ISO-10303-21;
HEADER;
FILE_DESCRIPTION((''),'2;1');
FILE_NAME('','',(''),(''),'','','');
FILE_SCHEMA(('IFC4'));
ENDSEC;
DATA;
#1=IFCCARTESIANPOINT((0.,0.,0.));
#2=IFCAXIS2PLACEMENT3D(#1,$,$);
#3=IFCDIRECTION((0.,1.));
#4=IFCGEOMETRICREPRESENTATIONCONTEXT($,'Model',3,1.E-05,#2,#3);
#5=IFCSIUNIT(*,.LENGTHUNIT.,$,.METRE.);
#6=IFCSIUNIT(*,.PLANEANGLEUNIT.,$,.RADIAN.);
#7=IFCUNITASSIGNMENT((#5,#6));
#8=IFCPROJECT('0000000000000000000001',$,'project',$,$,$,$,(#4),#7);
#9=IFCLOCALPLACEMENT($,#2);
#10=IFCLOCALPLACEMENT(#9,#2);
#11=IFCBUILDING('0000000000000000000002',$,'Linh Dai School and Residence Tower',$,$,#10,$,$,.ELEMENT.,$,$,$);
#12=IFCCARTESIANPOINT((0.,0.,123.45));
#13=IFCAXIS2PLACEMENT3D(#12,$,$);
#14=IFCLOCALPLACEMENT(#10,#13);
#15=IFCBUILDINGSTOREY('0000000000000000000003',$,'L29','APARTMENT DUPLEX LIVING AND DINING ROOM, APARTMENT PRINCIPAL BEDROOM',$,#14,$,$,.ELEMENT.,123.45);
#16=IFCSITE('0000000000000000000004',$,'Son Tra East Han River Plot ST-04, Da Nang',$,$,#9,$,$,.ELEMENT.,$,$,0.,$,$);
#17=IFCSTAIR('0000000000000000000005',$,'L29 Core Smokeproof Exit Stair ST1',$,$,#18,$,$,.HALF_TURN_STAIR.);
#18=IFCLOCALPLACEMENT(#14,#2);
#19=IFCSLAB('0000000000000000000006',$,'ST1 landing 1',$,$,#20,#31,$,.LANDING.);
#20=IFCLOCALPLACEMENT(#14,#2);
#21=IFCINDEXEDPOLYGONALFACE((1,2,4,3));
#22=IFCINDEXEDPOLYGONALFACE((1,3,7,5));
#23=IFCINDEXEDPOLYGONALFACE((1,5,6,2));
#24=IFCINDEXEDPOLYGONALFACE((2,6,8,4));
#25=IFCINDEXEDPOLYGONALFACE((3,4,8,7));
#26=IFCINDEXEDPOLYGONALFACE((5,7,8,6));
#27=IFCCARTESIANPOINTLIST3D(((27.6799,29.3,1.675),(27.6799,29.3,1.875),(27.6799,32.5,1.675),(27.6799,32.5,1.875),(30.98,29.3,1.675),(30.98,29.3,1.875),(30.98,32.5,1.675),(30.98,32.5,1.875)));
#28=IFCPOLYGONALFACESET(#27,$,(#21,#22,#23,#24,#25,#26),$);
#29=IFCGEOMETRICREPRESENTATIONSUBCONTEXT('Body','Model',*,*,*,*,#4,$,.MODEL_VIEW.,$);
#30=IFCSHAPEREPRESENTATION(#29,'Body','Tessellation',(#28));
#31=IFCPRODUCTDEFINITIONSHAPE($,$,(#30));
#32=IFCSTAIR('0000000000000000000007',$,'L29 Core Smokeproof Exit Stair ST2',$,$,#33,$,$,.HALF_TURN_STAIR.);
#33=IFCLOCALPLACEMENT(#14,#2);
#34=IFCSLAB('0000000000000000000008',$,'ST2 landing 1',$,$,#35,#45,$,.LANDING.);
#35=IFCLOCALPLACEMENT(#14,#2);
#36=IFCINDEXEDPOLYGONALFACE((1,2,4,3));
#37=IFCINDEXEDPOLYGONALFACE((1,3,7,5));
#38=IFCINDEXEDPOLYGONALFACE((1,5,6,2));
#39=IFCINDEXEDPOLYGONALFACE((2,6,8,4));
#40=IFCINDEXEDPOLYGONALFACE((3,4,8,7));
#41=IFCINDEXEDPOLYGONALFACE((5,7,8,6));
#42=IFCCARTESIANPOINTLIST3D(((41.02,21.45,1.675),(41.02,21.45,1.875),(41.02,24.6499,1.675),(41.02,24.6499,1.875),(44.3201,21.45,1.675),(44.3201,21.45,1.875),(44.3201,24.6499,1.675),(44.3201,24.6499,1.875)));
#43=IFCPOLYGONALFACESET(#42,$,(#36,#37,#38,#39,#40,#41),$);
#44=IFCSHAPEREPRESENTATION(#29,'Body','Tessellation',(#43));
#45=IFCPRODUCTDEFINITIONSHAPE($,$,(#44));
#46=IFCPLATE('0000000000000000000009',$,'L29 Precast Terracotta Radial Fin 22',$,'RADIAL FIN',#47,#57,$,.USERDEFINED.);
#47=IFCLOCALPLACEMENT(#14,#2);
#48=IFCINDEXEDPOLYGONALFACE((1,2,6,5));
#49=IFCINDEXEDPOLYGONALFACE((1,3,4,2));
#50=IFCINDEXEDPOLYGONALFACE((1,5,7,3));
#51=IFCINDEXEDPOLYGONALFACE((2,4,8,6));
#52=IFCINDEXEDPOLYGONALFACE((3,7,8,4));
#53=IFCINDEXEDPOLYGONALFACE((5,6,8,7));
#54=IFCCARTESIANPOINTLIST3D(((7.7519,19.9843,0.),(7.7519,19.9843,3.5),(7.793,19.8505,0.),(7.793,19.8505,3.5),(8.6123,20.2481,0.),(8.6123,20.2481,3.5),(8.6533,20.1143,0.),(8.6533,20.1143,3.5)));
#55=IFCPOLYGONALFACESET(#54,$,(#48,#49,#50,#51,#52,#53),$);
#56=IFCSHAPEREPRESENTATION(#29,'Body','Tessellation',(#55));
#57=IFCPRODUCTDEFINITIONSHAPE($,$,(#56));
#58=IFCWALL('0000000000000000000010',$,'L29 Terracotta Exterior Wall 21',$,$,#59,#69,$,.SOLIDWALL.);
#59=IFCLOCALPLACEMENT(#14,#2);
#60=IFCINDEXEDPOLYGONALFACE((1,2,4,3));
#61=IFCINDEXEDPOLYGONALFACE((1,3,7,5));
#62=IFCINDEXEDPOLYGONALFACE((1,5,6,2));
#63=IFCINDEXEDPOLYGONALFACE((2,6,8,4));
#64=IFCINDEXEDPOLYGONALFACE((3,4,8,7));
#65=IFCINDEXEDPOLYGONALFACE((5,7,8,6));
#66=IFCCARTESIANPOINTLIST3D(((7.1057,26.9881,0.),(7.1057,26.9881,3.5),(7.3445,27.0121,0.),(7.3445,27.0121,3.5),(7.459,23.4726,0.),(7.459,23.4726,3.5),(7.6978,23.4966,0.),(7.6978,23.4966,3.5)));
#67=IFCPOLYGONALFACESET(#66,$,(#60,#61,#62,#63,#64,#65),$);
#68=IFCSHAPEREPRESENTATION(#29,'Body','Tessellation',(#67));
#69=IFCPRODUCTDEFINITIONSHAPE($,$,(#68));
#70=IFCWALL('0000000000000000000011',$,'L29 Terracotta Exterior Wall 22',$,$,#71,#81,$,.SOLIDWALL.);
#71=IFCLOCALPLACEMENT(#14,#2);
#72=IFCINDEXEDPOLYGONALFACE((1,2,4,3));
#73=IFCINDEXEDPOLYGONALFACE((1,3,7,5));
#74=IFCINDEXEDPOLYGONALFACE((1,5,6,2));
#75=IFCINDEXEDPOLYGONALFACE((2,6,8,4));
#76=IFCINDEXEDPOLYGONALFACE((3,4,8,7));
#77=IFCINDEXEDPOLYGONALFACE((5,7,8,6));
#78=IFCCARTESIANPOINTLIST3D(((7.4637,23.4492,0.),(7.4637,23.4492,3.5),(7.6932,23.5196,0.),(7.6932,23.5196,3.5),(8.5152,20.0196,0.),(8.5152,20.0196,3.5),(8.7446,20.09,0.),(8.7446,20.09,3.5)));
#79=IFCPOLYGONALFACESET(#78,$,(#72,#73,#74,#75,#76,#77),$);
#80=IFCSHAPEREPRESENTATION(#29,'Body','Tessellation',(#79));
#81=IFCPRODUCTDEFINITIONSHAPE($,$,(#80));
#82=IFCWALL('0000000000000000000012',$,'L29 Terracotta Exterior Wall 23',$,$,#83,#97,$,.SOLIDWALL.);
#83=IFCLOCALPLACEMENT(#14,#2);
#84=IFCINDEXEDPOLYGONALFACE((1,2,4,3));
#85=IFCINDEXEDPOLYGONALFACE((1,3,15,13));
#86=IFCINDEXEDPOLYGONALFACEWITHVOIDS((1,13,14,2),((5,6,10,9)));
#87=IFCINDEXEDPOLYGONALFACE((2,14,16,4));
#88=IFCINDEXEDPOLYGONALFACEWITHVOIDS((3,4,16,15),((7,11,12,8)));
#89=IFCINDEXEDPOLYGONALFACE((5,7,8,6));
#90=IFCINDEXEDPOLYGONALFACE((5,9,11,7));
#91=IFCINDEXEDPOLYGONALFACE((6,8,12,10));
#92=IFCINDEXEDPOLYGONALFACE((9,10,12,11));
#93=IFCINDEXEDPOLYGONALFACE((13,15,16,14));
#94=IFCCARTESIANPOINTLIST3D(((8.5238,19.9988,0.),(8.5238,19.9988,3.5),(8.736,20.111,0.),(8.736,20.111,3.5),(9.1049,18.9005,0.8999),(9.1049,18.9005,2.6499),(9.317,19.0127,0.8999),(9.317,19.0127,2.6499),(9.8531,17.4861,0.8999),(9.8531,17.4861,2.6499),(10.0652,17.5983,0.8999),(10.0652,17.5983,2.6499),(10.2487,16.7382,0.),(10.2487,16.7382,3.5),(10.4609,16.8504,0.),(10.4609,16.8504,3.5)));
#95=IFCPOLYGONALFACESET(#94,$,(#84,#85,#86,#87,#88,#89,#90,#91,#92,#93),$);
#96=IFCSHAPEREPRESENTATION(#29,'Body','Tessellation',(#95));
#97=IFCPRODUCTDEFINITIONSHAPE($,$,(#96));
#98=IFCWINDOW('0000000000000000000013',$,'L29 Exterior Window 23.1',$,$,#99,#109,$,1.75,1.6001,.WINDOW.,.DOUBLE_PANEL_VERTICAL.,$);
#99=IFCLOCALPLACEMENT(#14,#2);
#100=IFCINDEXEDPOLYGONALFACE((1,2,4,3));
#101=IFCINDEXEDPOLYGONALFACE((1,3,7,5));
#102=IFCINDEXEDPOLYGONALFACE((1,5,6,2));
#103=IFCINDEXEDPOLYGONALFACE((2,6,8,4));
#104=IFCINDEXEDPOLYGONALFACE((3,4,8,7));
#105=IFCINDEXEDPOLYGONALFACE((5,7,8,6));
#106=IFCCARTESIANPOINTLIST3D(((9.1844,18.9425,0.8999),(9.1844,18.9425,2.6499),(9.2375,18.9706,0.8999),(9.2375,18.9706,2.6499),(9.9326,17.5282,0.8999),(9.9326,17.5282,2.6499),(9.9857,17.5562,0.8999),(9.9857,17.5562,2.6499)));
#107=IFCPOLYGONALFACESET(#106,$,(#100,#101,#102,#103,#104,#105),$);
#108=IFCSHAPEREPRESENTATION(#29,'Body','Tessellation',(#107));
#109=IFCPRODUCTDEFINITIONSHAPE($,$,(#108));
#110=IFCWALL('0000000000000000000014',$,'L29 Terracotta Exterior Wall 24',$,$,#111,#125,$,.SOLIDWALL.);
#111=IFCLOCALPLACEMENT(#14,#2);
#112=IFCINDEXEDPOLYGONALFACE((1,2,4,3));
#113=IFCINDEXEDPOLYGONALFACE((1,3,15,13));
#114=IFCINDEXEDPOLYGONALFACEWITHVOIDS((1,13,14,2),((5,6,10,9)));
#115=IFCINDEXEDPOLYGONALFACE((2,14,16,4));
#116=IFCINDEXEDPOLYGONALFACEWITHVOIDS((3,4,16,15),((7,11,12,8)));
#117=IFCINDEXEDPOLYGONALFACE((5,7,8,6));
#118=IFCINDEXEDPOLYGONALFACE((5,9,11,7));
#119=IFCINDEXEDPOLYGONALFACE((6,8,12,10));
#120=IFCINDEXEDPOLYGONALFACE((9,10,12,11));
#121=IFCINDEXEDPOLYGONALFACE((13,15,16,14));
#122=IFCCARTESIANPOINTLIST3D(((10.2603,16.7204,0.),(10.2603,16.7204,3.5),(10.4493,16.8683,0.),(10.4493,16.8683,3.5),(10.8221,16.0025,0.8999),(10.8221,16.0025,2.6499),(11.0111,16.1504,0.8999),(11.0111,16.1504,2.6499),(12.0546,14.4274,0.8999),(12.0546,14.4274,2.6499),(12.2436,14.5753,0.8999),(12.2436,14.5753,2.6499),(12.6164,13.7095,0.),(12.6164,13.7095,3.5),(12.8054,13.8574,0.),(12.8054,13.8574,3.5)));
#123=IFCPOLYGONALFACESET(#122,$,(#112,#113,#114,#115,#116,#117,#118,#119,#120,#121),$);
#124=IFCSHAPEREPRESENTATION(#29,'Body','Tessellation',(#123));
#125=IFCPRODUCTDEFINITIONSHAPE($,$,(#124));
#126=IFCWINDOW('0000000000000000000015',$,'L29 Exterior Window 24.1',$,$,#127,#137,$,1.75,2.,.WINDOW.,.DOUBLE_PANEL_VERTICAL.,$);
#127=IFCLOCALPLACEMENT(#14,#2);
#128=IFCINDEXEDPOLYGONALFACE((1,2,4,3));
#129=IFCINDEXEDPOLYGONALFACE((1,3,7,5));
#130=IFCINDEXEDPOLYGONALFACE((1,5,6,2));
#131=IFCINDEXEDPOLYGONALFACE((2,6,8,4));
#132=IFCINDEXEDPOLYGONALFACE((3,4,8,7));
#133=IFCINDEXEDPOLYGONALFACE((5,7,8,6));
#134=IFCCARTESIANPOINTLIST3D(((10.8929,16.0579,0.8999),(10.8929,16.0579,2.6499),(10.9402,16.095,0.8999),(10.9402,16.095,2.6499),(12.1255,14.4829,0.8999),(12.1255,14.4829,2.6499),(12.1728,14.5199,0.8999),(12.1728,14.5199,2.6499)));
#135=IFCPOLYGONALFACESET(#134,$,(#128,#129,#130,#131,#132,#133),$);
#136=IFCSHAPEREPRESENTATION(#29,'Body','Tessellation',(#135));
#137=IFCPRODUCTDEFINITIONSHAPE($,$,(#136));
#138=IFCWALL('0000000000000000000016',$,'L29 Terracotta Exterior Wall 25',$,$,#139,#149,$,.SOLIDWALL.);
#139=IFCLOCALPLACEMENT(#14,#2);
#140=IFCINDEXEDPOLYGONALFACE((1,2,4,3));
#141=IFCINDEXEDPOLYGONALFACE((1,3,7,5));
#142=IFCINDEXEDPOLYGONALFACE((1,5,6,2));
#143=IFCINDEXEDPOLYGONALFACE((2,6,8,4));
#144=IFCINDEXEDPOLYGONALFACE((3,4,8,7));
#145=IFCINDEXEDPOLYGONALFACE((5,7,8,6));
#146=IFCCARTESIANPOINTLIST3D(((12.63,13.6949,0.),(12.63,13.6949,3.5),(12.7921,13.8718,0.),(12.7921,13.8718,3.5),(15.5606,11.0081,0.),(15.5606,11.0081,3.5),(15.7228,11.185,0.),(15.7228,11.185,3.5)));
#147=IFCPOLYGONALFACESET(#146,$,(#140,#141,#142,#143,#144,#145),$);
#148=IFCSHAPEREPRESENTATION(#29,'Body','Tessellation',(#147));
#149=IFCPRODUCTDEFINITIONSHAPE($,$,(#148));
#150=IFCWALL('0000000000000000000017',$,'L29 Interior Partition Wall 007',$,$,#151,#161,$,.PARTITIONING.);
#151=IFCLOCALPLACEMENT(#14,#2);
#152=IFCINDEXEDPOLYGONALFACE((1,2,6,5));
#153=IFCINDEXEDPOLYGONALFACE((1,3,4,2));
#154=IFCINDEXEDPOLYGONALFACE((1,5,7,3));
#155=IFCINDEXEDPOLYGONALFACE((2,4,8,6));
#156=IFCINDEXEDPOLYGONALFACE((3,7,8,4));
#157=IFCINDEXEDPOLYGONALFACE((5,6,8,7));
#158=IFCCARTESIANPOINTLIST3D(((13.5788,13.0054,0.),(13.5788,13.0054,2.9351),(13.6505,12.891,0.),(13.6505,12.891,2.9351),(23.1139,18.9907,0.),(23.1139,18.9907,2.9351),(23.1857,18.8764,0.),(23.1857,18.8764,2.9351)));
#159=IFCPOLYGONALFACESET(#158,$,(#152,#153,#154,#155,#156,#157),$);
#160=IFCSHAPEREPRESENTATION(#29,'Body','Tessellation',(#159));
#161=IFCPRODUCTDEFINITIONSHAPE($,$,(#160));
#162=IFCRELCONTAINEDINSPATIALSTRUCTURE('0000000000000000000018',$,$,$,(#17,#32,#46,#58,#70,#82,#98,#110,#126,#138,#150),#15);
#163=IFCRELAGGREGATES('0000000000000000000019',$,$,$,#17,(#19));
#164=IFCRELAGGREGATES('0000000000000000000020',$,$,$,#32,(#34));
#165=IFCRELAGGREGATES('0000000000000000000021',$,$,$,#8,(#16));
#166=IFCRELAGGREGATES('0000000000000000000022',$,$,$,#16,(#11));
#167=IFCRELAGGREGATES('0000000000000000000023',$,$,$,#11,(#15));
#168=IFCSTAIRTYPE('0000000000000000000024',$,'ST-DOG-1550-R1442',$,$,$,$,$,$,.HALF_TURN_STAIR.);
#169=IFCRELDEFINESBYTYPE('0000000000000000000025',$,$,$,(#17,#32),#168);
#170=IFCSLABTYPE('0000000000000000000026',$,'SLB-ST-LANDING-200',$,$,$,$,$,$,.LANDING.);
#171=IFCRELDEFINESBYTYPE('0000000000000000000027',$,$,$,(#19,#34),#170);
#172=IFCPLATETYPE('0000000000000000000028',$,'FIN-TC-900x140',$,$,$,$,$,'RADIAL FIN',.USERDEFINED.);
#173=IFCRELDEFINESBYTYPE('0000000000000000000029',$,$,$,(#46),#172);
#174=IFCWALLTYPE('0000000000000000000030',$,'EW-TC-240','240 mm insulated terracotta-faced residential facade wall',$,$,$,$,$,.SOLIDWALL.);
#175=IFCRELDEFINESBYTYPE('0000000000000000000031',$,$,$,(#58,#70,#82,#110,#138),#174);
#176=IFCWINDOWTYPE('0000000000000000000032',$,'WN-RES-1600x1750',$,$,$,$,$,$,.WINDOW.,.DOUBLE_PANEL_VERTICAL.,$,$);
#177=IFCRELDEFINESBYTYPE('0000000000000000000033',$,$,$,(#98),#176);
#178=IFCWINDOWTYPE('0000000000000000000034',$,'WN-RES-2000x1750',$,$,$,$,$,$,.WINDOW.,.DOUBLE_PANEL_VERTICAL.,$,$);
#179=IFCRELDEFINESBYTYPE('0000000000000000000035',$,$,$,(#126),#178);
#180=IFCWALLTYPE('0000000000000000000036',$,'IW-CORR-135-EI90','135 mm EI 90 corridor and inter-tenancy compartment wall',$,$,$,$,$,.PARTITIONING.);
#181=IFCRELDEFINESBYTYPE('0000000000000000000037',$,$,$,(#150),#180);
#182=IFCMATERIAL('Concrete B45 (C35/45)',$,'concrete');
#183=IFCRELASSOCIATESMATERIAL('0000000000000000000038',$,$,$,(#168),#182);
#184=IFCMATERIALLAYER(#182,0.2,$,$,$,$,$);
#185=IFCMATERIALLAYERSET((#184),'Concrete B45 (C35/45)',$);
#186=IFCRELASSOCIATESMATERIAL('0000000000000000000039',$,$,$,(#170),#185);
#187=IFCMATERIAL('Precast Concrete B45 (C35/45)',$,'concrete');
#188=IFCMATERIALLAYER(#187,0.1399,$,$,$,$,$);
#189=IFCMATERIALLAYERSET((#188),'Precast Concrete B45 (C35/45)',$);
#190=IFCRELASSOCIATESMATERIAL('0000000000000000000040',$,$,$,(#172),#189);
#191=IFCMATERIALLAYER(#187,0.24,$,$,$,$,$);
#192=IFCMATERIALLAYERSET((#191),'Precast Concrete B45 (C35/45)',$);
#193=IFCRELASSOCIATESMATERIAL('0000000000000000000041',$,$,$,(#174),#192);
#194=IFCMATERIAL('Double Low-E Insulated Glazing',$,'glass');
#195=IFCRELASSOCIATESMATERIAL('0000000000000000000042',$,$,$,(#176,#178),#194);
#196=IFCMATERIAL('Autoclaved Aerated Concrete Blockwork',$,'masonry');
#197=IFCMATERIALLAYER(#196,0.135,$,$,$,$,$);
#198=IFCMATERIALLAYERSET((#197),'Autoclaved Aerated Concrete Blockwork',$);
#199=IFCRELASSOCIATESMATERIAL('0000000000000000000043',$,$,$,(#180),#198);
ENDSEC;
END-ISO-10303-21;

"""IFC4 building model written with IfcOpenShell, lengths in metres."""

from ifc_helpers import new_model, si_unit, direction, frame, frame_2d, origin, origin_2d, place, context, subcontext, project, spatial, polyline, rectangle, outline, extrude, source, transform, mapped, material, layer, layer_set, type_object, element, fill, aggregate, save


model = new_model("IFC4")

# Units and contexts
model_context = context("Model", 3, precision=1e-05, world=origin(), true_north=direction((0.0, 1.0)))
body_context = subcontext(model_context, "Body", "Model", "MODEL_VIEW")
ifc_project = project(units=[si_unit("LENGTHUNIT", "METRE"), si_unit("PLANEANGLEUNIT", "RADIAN")], contexts=[model_context])

# Site, building, storey
site_placement = place(None, origin())
site = spatial("IfcSite", under=ifc_project, at=site_placement, Name="Son Tra East Han River Plot ST-04, Da Nang", CompositionType="ELEMENT", RefElevation=0.0)
building_placement = place(site_placement, origin())
building = spatial("IfcBuilding", under=site, at=building_placement, Name="Linh Dai School and Residence Tower", CompositionType="ELEMENT")
storey_placement = place(building_placement, frame((0.0, 0.0, 123.45)))
storey = spatial("IfcBuildingStorey", under=building, at=storey_placement, Name="L29", Description="APARTMENT DUPLEX LIVING AND DINING ROOM, APARTMENT PRINCIPAL BEDROOM", CompositionType="ELEMENT", Elevation=123.45)

# Shared definitions
ifc_material_1 = material(Name="Concrete B45 (C35/45)", Category="concrete")

# Stairs, slabs
stair_type = type_object("IfcStairType", Name="ST-DOG-1550-R1442", PredefinedType="HALF_TURN_STAIR", material=ifc_material_1)
stair_1_placement = place(storey_placement, origin())
stair_1 = element("IfcStair", 1, at=stair_1_placement, inside=storey, type_object=stair_type, Name="L29 Core Smokeproof Exit Stair ST1", PredefinedType="HALF_TURN_STAIR")
ifc_layer_1 = layer(ifc_material_1, 0.2)
ifc_layer_set_1 = layer_set([ifc_layer_1], Name="Concrete B45 (C35/45)")
slab_type_1 = type_object("IfcSlabType", Name="SLB-ST-LANDING-200", PredefinedType="LANDING", material=ifc_layer_set_1)
slab_1_placement = place(storey_placement, frame((0.0, 0.0, 1.675)))
slab_1 = element("IfcSlab", 2, at=slab_1_placement, type_object=slab_type_1, Name="ST1 landing 1", PredefinedType="LANDING", context=body_context, shape_type="SweptSolid", body=[
    extrude(outline(polyline([(30.98, 29.3), (30.98, 32.5), (27.6799, 32.5), (27.6799, 29.3), (30.98, 29.3)])), origin(), (0.0, 0.0, 1.0), 0.2),
])
aggregate(stair_1, [slab_1])
stair_2_placement = place(storey_placement, origin())
stair_2 = element("IfcStair", 3, at=stair_2_placement, inside=storey, type_object=stair_type, Name="L29 Core Smokeproof Exit Stair ST2", PredefinedType="HALF_TURN_STAIR")
slab_2_placement = place(storey_placement, frame((0.0, 0.0, 1.675)))
slab_2 = element("IfcSlab", 4, at=slab_2_placement, type_object=slab_type_1, Name="ST2 landing 1", PredefinedType="LANDING", context=body_context, shape_type="SweptSolid", body=[
    extrude(outline(polyline([(41.02, 24.6499), (41.02, 21.45), (44.3201, 21.45), (44.3201, 24.6499), (41.02, 24.6499)])), origin(), (0.0, 0.0, 1.0), 0.2),
])
aggregate(stair_2, [slab_2])

# Plate
ifc_material_2 = material(Name="Precast Concrete B45 (C35/45)", Category="concrete")
ifc_layer_2 = layer(ifc_material_2, 0.1399)
ifc_layer_set_2 = layer_set([ifc_layer_2], Name="Precast Concrete B45 (C35/45)")
plate_type = type_object("IfcPlateType", Name="FIN-TC-900x140", ElementType="RADIAL FIN", PredefinedType="USERDEFINED", material=ifc_layer_set_2)
shared_shape_1 = source(origin(), body_context, "Body", "SweptSolid", [
    extrude(rectangle(XDim=0.8999, YDim=0.1399, at=origin_2d()), origin(), (0.0, 0.0, 1.0), 3.5),
])
plate_placement = place(storey_placement, frame((8.2026, 20.0493, 0.0), z_axis=(0.0, 0.0, 1.0), x_axis=(-0.956072, -0.293134, 0.0)))
element("IfcPlate", 5, at=plate_placement, inside=storey, type_object=plate_type, Name="L29 Precast Terracotta Radial Fin 22", ObjectType="RADIAL FIN", PredefinedType="USERDEFINED", context=body_context, shape_type="MappedRepresentation", body=[
    mapped(shared_shape_1, transform((0.0, 0.0, 0.0), x_axis=(1.0, 0.0, 0.0), y_axis=(0.0, 1.0, 0.0), z_axis=(0.0, 0.0, 1.0), scale=1.0)),
])

# Walls
ifc_layer_3 = layer(ifc_material_2, 0.24)
ifc_layer_set_3 = layer_set([ifc_layer_3], Name="Precast Concrete B45 (C35/45)")
wall_type_1 = type_object("IfcWallType", Name="EW-TC-240", Description="240 mm insulated terracotta-faced residential facade wall", PredefinedType="SOLIDWALL", material=ifc_layer_set_3)
wall_1_placement = place(storey_placement, frame((7.5784, 23.4846, 0.0), z_axis=(0.0, 0.0, 1.0), x_axis=(-0.099989, 0.994988, 0.0)))
element("IfcWall", 6, at=wall_1_placement, inside=storey, type_object=wall_type_1, Name="L29 Terracotta Exterior Wall 21", PredefinedType="SOLIDWALL", context=body_context, shape_type="SweptSolid", body=[
    extrude(rectangle(XDim=3.5332, YDim=0.24, at=frame_2d((1.7666, 0.0))), origin(), (0.0, 0.0, 1.0), 3.5),
])
wall_2_placement = place(storey_placement, frame((8.6299, 20.0549, 0.0), z_axis=(0.0, 0.0, 1.0), x_axis=(-0.293124, 0.956074, 0.0)))
element("IfcWall", 7, at=wall_2_placement, inside=storey, type_object=wall_type_1, Name="L29 Terracotta Exterior Wall 22", PredefinedType="SOLIDWALL", context=body_context, shape_type="SweptSolid", body=[
    extrude(rectangle(XDim=3.5872, YDim=0.24, at=frame_2d((1.7935, 0.0))), origin(), (0.0, 0.0, 1.0), 3.5),
])

# Walls, openings, windows
wall_3_placement = place(storey_placement, frame((10.3547, 16.7944, 0.0), z_axis=(0.0, 0.0, 1.0), x_axis=(-0.467614, 0.883933, 0.0)))
wall_3 = element("IfcWall", 8, at=wall_3_placement, inside=storey, type_object=wall_type_1, Name="L29 Terracotta Exterior Wall 23", PredefinedType="SOLIDWALL", context=body_context, shape_type="SweptSolid", body=[
    extrude(rectangle(XDim=3.6887, YDim=0.24, at=frame_2d((1.8442, 0.0))), origin(), (0.0, 0.0, 1.0), 3.5),
])
opening_1_placement = place(wall_3_placement, frame((0.8459, 0.0, 0.8999)))
opening_1 = element("IfcOpeningElement", 9, at=opening_1_placement, cuts=wall_3, PredefinedType="OPENING", context=body_context, shape_type="SweptSolid", body=[
    extrude(rectangle(XDim=1.6001, YDim=1.75, at=origin_2d()), frame((0.8, 0.1299, 0.875), z_axis=(0.0, -1.0, 0.0), x_axis=(1.0, 0.0, 0.0)), (0.0, 0.0, 1.0), 0.26),
])
ifc_material_3 = material(Name="Double Low-E Insulated Glazing", Category="glass")
window_type_1 = type_object("IfcWindowType", Name="WN-RES-1600x1750", PartitioningType="DOUBLE_PANEL_VERTICAL", PredefinedType="WINDOW", material=ifc_material_3)
shared_shape_2 = source(origin(), body_context, "Body", "SweptSolid", [
    extrude(rectangle(XDim=1.6001, YDim=1.75, at=origin_2d()), frame((0.8, 0.03, 0.875), z_axis=(0.0, -1.0, 0.0), x_axis=(1.0, 0.0, 0.0)), (0.0, 0.0, 1.0), 0.0601),
])
window_1_placement = place(opening_1_placement, origin())
window_1 = element("IfcWindow", 10, at=window_1_placement, inside=storey, type_object=window_type_1, Name="L29 Exterior Window 23.1", OverallHeight=1.75, OverallWidth=1.6001, PartitioningType="DOUBLE_PANEL_VERTICAL", PredefinedType="WINDOW", context=body_context, shape_type="MappedRepresentation", body=[
    mapped(shared_shape_2, transform((0.0, 0.0, 0.0), x_axis=(1.0, 0.0, 0.0), y_axis=(0.0, 1.0, 0.0), z_axis=(0.0, 0.0, 1.0), scale=1.0)),
])
fill(opening_1, window_1)
wall_4_placement = place(storey_placement, frame((12.7109, 13.7834, 0.0), z_axis=(0.0, 0.0, 1.0), x_axis=(-0.616272, 0.787533, 0.0)))
wall_4 = element("IfcWall", 11, at=wall_4_placement, inside=storey, type_object=wall_type_1, Name="L29 Terracotta Exterior Wall 24", PredefinedType="SOLIDWALL", context=body_context, shape_type="SweptSolid", body=[
    extrude(rectangle(XDim=3.8232, YDim=0.24, at=frame_2d((1.9116, 0.0))), origin(), (0.0, 0.0, 1.0), 3.5),
])
opening_2_placement = place(wall_4_placement, frame((0.9116, 0.0, 0.8999)))
opening_2 = element("IfcOpeningElement", 12, at=opening_2_placement, cuts=wall_4, PredefinedType="OPENING", context=body_context, shape_type="SweptSolid", body=[
    extrude(rectangle(XDim=2.0, YDim=1.75, at=origin_2d()), frame((1.0, 0.1299, 0.875), z_axis=(0.0, -1.0, 0.0), x_axis=(1.0, 0.0, 0.0)), (0.0, 0.0, 1.0), 0.26),
])
window_type_2 = type_object("IfcWindowType", Name="WN-RES-2000x1750", PartitioningType="DOUBLE_PANEL_VERTICAL", PredefinedType="WINDOW", material=ifc_material_3)
shared_shape_3 = source(origin(), body_context, "Body", "SweptSolid", [
    extrude(rectangle(XDim=2.0, YDim=1.75, at=origin_2d()), frame((1.0, 0.03, 0.875), z_axis=(0.0, -1.0, 0.0), x_axis=(1.0, 0.0, 0.0)), (0.0, 0.0, 1.0), 0.0601),
])
window_2_placement = place(opening_2_placement, origin())
window_2 = element("IfcWindow", 13, at=window_2_placement, inside=storey, type_object=window_type_2, Name="L29 Exterior Window 24.1", OverallHeight=1.75, OverallWidth=2.0, PartitioningType="DOUBLE_PANEL_VERTICAL", PredefinedType="WINDOW", context=body_context, shape_type="MappedRepresentation", body=[
    mapped(shared_shape_3, transform((0.0, 0.0, 0.0), x_axis=(1.0, 0.0, 0.0), y_axis=(0.0, 1.0, 0.0), z_axis=(0.0, 0.0, 1.0), scale=1.0)),
])
fill(opening_2, window_2)

# Walls
wall_5_placement = place(storey_placement, frame((15.6416, 11.0967, 0.0), z_axis=(0.0, 0.0, 1.0), x_axis=(-0.737113, 0.675769, 0.0)))
element("IfcWall", 14, at=wall_5_placement, inside=storey, type_object=wall_type_1, Name="L29 Terracotta Exterior Wall 25", PredefinedType="SOLIDWALL", context=body_context, shape_type="SweptSolid", body=[
    extrude(rectangle(XDim=3.9758, YDim=0.24, at=frame_2d((1.9878, 0.0))), origin(), (0.0, 0.0, 1.0), 3.5),
])
ifc_material_4 = material(Name="Autoclaved Aerated Concrete Blockwork", Category="masonry")
ifc_layer_4 = layer(ifc_material_4, 0.135)
ifc_layer_set_4 = layer_set([ifc_layer_4], Name="Autoclaved Aerated Concrete Blockwork")
wall_type_2 = type_object("IfcWallType", Name="IW-CORR-135-EI90", Description="135 mm EI 90 corridor and inter-tenancy compartment wall", PredefinedType="PARTITIONING", material=ifc_layer_set_4)
wall_6_placement = place(storey_placement, frame((13.6147, 12.9482, 0.0), z_axis=(0.0, 0.0, 1.0), x_axis=(0.846964, 0.531651, 0.0)))
element("IfcWall", 15, at=wall_6_placement, inside=storey, type_object=wall_type_2, Name="L29 Interior Partition Wall 007", PredefinedType="PARTITIONING", context=body_context, shape_type="SweptSolid", body=[
    extrude(rectangle(XDim=11.2581, YDim=0.135, at=frame_2d((5.6289, 0.0))), origin(), (0.0, 0.0, 1.0), 2.9351),
])

save(model, "model.ifc")
